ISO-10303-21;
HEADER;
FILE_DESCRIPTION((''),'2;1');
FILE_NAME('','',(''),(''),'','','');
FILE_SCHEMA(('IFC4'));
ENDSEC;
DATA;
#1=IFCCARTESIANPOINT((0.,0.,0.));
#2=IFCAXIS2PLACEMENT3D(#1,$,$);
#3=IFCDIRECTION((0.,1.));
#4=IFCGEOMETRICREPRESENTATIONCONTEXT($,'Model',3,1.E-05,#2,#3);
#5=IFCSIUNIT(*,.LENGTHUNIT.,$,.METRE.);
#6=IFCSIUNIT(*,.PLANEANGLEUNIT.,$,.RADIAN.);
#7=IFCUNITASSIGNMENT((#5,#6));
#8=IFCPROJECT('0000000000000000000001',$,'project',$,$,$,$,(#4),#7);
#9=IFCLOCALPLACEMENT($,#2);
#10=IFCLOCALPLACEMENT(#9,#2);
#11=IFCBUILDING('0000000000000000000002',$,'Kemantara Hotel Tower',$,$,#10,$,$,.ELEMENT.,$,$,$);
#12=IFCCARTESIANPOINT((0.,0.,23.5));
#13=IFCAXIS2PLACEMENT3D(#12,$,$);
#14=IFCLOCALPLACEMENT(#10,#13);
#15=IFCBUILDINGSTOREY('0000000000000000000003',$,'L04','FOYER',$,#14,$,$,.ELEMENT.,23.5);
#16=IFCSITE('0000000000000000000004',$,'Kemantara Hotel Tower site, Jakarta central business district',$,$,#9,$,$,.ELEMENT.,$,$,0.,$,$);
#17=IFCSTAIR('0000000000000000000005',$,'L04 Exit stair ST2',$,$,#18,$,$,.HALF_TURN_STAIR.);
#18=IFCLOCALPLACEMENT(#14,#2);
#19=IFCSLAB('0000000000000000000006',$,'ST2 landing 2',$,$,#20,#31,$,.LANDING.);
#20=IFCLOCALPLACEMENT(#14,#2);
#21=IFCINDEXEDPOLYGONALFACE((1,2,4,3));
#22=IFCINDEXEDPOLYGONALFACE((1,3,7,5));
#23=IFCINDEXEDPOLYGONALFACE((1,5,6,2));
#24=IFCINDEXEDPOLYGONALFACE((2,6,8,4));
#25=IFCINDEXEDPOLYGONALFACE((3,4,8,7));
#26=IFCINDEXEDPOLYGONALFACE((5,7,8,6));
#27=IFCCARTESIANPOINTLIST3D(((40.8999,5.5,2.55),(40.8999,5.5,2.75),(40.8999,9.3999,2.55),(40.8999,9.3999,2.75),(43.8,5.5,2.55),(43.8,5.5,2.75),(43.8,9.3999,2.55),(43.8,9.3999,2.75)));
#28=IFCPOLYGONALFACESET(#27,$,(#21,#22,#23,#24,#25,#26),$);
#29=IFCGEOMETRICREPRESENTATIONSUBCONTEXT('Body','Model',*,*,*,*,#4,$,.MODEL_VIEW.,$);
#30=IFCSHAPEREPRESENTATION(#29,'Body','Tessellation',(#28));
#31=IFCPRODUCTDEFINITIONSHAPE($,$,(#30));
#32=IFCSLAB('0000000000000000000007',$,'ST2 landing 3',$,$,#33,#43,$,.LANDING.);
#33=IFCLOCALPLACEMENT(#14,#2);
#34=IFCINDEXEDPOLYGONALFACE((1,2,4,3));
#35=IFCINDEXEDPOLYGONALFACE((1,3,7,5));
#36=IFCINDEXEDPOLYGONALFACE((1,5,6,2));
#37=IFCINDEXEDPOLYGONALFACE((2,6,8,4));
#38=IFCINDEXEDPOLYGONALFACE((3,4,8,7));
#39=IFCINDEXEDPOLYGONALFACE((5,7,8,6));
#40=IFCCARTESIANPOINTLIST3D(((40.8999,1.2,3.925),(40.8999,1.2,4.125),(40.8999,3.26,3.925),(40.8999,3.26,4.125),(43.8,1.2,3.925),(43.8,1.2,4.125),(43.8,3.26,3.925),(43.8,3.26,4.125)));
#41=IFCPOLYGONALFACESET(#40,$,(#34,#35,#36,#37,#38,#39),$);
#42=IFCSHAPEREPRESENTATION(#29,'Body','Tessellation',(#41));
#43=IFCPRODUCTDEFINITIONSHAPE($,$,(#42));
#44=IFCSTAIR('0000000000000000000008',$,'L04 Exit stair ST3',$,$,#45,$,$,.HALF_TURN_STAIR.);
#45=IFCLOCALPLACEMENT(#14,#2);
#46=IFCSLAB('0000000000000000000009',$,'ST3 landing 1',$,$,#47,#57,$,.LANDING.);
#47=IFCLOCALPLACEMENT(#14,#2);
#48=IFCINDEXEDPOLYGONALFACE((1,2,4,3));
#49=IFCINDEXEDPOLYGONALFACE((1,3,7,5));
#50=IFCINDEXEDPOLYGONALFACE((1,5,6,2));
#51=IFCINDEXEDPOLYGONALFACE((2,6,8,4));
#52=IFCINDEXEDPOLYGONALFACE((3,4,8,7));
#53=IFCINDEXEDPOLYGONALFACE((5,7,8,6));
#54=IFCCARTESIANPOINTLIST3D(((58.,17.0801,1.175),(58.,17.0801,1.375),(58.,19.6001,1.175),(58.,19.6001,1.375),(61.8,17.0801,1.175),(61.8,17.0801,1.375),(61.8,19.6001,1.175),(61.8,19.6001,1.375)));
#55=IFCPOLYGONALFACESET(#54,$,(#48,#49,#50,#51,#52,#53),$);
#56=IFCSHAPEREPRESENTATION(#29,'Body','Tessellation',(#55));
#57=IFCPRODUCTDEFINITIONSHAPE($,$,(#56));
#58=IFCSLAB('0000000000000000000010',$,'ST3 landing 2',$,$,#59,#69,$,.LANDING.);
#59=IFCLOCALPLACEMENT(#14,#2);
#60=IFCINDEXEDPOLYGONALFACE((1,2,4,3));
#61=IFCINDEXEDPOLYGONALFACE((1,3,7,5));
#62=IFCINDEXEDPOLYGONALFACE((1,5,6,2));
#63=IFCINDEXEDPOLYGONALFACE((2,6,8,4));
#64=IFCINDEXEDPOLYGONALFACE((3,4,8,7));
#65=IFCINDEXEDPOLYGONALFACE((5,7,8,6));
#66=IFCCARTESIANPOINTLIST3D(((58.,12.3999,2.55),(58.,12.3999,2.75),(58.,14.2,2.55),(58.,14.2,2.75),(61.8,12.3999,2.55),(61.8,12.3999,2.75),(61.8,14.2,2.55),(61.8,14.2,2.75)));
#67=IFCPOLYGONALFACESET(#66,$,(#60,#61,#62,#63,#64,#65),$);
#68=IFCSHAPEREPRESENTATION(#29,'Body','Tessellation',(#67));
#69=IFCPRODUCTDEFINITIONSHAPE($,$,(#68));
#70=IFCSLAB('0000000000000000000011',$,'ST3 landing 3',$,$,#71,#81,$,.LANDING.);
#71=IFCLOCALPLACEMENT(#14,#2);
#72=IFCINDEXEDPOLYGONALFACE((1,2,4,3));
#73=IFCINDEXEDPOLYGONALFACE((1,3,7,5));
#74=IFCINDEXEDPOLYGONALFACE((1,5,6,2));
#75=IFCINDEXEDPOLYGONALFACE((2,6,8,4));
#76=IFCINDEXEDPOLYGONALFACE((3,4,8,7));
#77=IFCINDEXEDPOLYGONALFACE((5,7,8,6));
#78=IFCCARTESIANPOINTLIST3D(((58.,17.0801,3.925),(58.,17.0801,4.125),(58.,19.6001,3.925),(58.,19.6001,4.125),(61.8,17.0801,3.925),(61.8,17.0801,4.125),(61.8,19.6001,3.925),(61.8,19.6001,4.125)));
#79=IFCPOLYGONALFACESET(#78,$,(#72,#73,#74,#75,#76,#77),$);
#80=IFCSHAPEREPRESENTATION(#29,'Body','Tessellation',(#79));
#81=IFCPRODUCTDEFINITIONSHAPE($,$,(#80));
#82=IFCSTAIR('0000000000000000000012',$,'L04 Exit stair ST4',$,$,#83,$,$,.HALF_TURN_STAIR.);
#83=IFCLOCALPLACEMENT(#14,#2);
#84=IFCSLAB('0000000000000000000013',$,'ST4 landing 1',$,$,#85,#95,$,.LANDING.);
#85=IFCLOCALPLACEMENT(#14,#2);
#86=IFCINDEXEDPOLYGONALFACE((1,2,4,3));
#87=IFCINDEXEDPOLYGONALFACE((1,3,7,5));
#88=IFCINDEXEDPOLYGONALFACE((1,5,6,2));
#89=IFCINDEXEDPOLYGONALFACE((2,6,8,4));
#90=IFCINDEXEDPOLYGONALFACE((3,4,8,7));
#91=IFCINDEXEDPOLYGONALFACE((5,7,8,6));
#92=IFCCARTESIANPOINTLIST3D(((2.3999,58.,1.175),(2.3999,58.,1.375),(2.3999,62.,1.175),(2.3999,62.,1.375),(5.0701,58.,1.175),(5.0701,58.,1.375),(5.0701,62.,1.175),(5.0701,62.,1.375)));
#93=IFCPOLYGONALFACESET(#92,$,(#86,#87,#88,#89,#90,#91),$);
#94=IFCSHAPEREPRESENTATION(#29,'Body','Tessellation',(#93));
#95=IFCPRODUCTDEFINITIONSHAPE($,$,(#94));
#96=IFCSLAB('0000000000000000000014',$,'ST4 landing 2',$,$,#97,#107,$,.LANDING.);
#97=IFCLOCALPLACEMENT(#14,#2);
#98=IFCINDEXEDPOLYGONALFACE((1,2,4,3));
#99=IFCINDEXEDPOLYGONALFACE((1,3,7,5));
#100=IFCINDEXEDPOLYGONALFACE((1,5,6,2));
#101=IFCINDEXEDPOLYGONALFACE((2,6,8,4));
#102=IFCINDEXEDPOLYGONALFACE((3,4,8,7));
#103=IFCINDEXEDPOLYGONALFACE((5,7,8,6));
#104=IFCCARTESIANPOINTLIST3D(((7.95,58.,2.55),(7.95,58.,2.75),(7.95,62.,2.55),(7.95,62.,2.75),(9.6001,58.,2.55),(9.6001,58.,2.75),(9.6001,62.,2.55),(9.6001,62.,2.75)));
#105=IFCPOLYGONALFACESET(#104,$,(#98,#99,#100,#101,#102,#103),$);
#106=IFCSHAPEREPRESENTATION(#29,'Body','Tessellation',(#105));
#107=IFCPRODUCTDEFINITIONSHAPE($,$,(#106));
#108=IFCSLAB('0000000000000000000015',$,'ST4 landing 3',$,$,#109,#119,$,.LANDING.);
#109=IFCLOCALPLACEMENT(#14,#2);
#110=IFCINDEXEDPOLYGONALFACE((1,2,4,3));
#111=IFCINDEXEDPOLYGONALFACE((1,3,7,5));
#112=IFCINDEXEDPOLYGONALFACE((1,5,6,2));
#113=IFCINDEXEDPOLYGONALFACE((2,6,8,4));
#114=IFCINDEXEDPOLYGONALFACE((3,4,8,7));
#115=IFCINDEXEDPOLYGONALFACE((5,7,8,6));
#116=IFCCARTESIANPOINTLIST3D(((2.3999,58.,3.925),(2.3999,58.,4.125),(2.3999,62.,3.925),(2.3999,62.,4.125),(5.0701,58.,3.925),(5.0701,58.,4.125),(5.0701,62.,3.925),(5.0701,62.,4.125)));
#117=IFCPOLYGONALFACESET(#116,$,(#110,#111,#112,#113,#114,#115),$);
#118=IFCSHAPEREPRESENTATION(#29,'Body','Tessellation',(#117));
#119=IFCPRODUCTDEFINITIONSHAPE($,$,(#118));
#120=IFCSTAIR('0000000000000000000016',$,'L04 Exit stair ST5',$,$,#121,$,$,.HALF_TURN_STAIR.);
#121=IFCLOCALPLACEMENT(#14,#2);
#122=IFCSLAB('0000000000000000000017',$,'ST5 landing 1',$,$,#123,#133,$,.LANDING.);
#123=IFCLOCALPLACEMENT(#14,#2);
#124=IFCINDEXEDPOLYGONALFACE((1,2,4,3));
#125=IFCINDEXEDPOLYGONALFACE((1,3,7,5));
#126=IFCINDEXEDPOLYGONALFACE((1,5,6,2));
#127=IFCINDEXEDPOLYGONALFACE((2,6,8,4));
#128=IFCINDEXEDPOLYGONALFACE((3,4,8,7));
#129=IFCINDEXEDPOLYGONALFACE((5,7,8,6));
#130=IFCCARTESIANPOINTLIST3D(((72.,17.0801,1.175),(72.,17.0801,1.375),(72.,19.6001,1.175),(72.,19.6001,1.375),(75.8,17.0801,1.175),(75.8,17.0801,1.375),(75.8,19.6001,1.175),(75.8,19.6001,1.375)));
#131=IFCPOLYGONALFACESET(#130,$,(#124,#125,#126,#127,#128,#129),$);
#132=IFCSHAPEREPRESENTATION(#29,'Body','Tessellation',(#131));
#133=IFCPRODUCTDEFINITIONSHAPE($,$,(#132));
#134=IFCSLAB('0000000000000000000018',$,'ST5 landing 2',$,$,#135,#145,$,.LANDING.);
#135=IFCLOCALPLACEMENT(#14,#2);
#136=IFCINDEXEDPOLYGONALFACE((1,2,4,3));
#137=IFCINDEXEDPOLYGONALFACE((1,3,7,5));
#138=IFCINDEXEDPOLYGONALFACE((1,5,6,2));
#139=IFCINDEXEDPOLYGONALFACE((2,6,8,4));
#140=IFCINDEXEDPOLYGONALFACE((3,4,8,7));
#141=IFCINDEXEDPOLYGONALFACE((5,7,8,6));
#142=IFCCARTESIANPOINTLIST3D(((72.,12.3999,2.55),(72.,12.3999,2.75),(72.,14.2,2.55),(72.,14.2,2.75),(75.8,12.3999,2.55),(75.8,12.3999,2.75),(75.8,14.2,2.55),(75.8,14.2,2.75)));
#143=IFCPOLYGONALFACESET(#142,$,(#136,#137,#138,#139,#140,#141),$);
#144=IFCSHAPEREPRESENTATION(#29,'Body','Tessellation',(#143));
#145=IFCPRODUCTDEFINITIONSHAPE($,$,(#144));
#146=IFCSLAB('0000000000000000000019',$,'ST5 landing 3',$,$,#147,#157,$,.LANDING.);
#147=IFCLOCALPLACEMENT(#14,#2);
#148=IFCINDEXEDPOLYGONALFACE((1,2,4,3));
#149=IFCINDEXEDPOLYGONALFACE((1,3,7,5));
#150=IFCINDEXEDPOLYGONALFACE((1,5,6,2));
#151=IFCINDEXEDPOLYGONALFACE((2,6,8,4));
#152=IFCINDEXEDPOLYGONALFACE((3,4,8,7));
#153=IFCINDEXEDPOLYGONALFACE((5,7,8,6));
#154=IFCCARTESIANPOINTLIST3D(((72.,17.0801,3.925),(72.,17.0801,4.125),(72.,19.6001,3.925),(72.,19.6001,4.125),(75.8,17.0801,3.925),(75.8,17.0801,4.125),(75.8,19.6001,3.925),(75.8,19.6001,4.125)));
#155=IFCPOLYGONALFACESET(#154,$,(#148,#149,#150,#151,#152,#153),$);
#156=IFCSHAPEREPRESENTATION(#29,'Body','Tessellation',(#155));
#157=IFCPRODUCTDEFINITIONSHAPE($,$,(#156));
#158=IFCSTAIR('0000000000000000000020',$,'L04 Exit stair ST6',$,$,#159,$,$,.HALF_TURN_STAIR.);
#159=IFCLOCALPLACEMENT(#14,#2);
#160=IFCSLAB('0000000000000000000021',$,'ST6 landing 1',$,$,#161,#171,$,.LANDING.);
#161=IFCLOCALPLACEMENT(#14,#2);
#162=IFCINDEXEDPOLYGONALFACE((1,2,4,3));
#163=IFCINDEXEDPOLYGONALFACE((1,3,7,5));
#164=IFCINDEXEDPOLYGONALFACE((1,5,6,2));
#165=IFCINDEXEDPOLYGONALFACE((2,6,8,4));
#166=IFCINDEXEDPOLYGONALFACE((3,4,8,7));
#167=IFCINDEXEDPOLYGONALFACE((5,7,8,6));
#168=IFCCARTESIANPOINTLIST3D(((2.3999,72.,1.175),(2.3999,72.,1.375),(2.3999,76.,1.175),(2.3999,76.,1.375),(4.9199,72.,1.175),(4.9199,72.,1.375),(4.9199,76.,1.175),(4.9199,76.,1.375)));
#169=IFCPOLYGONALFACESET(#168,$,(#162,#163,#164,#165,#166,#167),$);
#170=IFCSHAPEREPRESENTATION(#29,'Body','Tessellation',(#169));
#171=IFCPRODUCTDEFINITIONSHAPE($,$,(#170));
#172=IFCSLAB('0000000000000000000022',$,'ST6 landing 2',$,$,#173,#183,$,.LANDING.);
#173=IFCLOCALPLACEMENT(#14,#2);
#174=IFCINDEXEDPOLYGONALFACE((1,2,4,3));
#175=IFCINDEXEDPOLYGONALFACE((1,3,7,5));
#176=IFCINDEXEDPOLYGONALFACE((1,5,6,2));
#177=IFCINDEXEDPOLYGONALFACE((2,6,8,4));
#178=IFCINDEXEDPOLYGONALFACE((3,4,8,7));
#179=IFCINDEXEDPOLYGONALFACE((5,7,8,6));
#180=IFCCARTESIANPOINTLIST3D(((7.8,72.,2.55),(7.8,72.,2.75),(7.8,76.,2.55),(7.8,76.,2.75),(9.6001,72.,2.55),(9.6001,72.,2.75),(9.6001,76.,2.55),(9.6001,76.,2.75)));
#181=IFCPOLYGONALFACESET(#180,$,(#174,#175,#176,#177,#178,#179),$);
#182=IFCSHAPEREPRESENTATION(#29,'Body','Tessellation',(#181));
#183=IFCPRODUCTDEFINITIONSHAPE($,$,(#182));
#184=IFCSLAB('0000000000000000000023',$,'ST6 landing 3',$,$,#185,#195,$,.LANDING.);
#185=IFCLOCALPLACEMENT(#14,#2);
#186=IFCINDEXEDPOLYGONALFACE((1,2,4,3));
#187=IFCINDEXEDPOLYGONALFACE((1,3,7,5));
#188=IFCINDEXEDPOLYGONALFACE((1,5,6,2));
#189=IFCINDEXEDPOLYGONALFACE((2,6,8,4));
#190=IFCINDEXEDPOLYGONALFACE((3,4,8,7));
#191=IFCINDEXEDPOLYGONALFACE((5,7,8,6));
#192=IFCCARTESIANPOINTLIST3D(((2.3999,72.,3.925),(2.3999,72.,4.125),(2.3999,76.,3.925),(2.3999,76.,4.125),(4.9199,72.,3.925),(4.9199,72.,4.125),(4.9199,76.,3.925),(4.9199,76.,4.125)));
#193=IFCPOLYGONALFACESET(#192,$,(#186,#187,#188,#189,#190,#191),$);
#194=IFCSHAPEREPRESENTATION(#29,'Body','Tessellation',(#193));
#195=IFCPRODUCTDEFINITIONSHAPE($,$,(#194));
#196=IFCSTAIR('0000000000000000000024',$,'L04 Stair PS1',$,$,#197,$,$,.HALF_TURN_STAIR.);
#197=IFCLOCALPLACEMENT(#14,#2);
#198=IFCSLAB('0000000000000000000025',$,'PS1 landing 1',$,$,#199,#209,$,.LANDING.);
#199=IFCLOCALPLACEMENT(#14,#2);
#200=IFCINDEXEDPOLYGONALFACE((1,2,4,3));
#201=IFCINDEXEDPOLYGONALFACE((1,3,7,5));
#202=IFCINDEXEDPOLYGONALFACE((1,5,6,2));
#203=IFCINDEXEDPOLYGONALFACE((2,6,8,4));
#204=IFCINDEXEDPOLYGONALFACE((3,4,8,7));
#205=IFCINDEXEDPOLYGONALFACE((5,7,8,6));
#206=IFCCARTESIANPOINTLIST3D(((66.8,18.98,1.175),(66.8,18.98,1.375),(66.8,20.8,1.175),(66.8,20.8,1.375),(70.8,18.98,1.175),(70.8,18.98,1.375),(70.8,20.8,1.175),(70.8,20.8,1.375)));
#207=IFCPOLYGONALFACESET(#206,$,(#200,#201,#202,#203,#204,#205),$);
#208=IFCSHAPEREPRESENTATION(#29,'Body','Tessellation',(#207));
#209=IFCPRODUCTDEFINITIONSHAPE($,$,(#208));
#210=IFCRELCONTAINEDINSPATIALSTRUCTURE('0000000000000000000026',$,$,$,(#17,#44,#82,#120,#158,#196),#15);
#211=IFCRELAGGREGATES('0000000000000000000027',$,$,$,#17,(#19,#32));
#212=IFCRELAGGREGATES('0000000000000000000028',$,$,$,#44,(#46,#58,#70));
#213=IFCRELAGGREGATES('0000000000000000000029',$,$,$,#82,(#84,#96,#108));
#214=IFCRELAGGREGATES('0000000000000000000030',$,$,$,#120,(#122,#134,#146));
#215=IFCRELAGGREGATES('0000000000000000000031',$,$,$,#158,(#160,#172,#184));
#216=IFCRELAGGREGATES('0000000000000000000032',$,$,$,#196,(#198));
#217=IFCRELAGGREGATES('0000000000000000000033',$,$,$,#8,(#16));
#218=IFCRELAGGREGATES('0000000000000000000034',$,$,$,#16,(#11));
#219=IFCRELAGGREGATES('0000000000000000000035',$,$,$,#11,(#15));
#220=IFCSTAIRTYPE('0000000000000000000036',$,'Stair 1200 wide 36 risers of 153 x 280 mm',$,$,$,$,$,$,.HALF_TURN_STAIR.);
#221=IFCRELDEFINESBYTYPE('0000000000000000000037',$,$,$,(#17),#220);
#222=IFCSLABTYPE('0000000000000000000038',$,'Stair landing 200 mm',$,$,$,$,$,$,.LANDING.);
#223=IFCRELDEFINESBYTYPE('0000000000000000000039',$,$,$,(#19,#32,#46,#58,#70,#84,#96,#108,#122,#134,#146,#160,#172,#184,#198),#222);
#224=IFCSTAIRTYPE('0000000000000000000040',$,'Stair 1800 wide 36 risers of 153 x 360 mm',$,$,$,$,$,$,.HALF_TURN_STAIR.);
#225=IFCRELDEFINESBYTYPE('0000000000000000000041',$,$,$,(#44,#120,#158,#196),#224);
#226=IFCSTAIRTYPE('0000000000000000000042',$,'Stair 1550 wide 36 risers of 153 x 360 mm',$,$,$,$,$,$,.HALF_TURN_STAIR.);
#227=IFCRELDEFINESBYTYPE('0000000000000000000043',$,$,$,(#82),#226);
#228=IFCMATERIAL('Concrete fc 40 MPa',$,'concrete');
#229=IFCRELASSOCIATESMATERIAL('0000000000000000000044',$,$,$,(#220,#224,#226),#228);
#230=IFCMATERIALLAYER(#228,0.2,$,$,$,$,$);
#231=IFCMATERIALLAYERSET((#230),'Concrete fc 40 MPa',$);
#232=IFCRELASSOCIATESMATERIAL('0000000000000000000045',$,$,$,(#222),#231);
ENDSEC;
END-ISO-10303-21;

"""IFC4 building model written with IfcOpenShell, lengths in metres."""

from ifc_helpers import new_model, si_unit, direction, frame, origin, place, context, subcontext, project, spatial, polyline, outline, extrude, material, layer, layer_set, type_object, element, aggregate, save


model = new_model("IFC4")

# Units and contexts
model_context = context("Model", 3, precision=1e-05, world=origin(), true_north=direction((0.0, 1.0)))
body_context = subcontext(model_context, "Body", "Model", "MODEL_VIEW")
ifc_project = project(units=[si_unit("LENGTHUNIT", "METRE"), si_unit("PLANEANGLEUNIT", "RADIAN")], contexts=[model_context])

# Site, building, storey
site_placement = place(None, origin())
site = spatial("IfcSite", under=ifc_project, at=site_placement, Name="Kemantara Hotel Tower site, Jakarta central business district", CompositionType="ELEMENT", RefElevation=0.0)
building_placement = place(site_placement, origin())
building = spatial("IfcBuilding", under=site, at=building_placement, Name="Kemantara Hotel Tower", CompositionType="ELEMENT")
storey_placement = place(building_placement, frame((0.0, 0.0, 23.5)))
storey = spatial("IfcBuildingStorey", under=building, at=storey_placement, Name="L04", Description="FOYER", CompositionType="ELEMENT", Elevation=23.5)

# Shared definitions
ifc_material = material(Name="Concrete fc 40 MPa", Category="concrete")

# Stairs, slabs
stair_type_1 = type_object("IfcStairType", Name="Stair 1200 wide 36 risers of 153 x 280 mm", PredefinedType="HALF_TURN_STAIR", material=ifc_material)
ifc_layer_1 = layer(ifc_material, 0.2)
ifc_layer_set_1 = layer_set([ifc_layer_1], Name="Concrete fc 40 MPa")
slab_type_1 = type_object("IfcSlabType", Name="Stair landing 200 mm", PredefinedType="LANDING", material=ifc_layer_set_1)
stair_1_placement = place(storey_placement, origin())
stair_1 = element("IfcStair", 1, at=stair_1_placement, inside=storey, type_object=stair_type_1, Name="L04 Exit stair ST2", PredefinedType="HALF_TURN_STAIR")
slab_1_placement = place(storey_placement, frame((0.0, 0.0, 2.55)))
slab_1 = element("IfcSlab", 2, at=slab_1_placement, type_object=slab_type_1, Name="ST2 landing 2", PredefinedType="LANDING", context=body_context, shape_type="SweptSolid", body=[
    extrude(outline(polyline([(40.8999, 9.3999), (40.8999, 5.5), (43.8, 5.5), (43.8, 9.3999), (40.8999, 9.3999)])), origin(), (0.0, 0.0, 1.0), 0.2),
])
slab_2_placement = place(storey_placement, frame((0.0, 0.0, 3.925)))
slab_2 = element("IfcSlab", 3, at=slab_2_placement, type_object=slab_type_1, Name="ST2 landing 3", PredefinedType="LANDING", context=body_context, shape_type="SweptSolid", body=[
    extrude(outline(polyline([(40.8999, 3.26), (40.8999, 1.2), (43.8, 1.2), (43.8, 3.26), (40.8999, 3.26)])), origin(), (0.0, 0.0, 1.0), 0.2),
])
aggregate(stair_1, [slab_1, slab_2])
stair_type_2 = type_object("IfcStairType", Name="Stair 1800 wide 36 risers of 153 x 360 mm", PredefinedType="HALF_TURN_STAIR", material=ifc_material)
stair_2_placement = place(storey_placement, origin())
stair_2 = element("IfcStair", 4, at=stair_2_placement, inside=storey, type_object=stair_type_2, Name="L04 Exit stair ST3", PredefinedType="HALF_TURN_STAIR")
slab_3_placement = place(storey_placement, frame((0.0, 0.0, 1.175)))
slab_3 = element("IfcSlab", 5, at=slab_3_placement, type_object=slab_type_1, Name="ST3 landing 1", PredefinedType="LANDING", context=body_context, shape_type="SweptSolid", body=[
    extrude(outline(polyline([(61.8, 17.0801), (61.8, 19.6001), (58.0, 19.6001), (58.0, 17.0801), (61.8, 17.0801)])), origin(), (0.0, 0.0, 1.0), 0.2),
])
slab_4_placement = place(storey_placement, frame((0.0, 0.0, 2.55)))
slab_4 = element("IfcSlab", 6, at=slab_4_placement, type_object=slab_type_1, Name="ST3 landing 2", PredefinedType="LANDING", context=body_context, shape_type="SweptSolid", body=[
    extrude(outline(polyline([(61.8, 12.3999), (61.8, 14.2), (58.0, 14.2), (58.0, 12.3999), (61.8, 12.3999)])), origin(), (0.0, 0.0, 1.0), 0.2),
])
slab_5_placement = place(storey_placement, frame((0.0, 0.0, 3.925)))
slab_5 = element("IfcSlab", 7, at=slab_5_placement, type_object=slab_type_1, Name="ST3 landing 3", PredefinedType="LANDING", context=body_context, shape_type="SweptSolid", body=[
    extrude(outline(polyline([(61.8, 17.0801), (61.8, 19.6001), (58.0, 19.6001), (58.0, 17.0801), (61.8, 17.0801)])), origin(), (0.0, 0.0, 1.0), 0.2),
])
aggregate(stair_2, [slab_3, slab_4, slab_5])
stair_type_3 = type_object("IfcStairType", Name="Stair 1550 wide 36 risers of 153 x 360 mm", PredefinedType="HALF_TURN_STAIR", material=ifc_material)
stair_3_placement = place(storey_placement, origin())
stair_3 = element("IfcStair", 8, at=stair_3_placement, inside=storey, type_object=stair_type_3, Name="L04 Exit stair ST4", PredefinedType="HALF_TURN_STAIR")
slab_6_placement = place(storey_placement, frame((0.0, 0.0, 1.175)))
slab_6 = element("IfcSlab", 9, at=slab_6_placement, type_object=slab_type_1, Name="ST4 landing 1", PredefinedType="LANDING", context=body_context, shape_type="SweptSolid", body=[
    extrude(outline(polyline([(5.0701, 62.0), (2.3999, 62.0), (2.3999, 58.0), (5.0701, 58.0), (5.0701, 62.0)])), origin(), (0.0, 0.0, 1.0), 0.2),
])
slab_7_placement = place(storey_placement, frame((0.0, 0.0, 2.55)))
slab_7 = element("IfcSlab", 10, at=slab_7_placement, type_object=slab_type_1, Name="ST4 landing 2", PredefinedType="LANDING", context=body_context, shape_type="SweptSolid", body=[
    extrude(outline(polyline([(9.6001, 62.0), (7.95, 62.0), (7.95, 58.0), (9.6001, 58.0), (9.6001, 62.0)])), origin(), (0.0, 0.0, 1.0), 0.2),
])
slab_8_placement = place(storey_placement, frame((0.0, 0.0, 3.925)))
slab_8 = element("IfcSlab", 11, at=slab_8_placement, type_object=slab_type_1, Name="ST4 landing 3", PredefinedType="LANDING", context=body_context, shape_type="SweptSolid", body=[
    extrude(outline(polyline([(5.0701, 62.0), (2.3999, 62.0), (2.3999, 58.0), (5.0701, 58.0), (5.0701, 62.0)])), origin(), (0.0, 0.0, 1.0), 0.2),
])
aggregate(stair_3, [slab_6, slab_7, slab_8])
stair_4_placement = place(storey_placement, origin())
stair_4 = element("IfcStair", 12, at=stair_4_placement, inside=storey, type_object=stair_type_2, Name="L04 Exit stair ST5", PredefinedType="HALF_TURN_STAIR")
slab_9_placement = place(storey_placement, frame((0.0, 0.0, 1.175)))
slab_9 = element("IfcSlab", 13, at=slab_9_placement, type_object=slab_type_1, Name="ST5 landing 1", PredefinedType="LANDING", context=body_context, shape_type="SweptSolid", body=[
    extrude(outline(polyline([(75.8, 17.0801), (75.8, 19.6001), (72.0, 19.6001), (72.0, 17.0801), (75.8, 17.0801)])), origin(), (0.0, 0.0, 1.0), 0.2),
])
slab_10_placement = place(storey_placement, frame((0.0, 0.0, 2.55)))
slab_10 = element("IfcSlab", 14, at=slab_10_placement, type_object=slab_type_1, Name="ST5 landing 2", PredefinedType="LANDING", context=body_context, shape_type="SweptSolid", body=[
    extrude(outline(polyline([(75.8, 12.3999), (75.8, 14.2), (72.0, 14.2), (72.0, 12.3999), (75.8, 12.3999)])), origin(), (0.0, 0.0, 1.0), 0.2),
])
slab_11_placement = place(storey_placement, frame((0.0, 0.0, 3.925)))
slab_11 = element("IfcSlab", 15, at=slab_11_placement, type_object=slab_type_1, Name="ST5 landing 3", PredefinedType="LANDING", context=body_context, shape_type="SweptSolid", body=[
    extrude(outline(polyline([(75.8, 17.0801), (75.8, 19.6001), (72.0, 19.6001), (72.0, 17.0801), (75.8, 17.0801)])), origin(), (0.0, 0.0, 1.0), 0.2),
])
aggregate(stair_4, [slab_9, slab_10, slab_11])
stair_5_placement = place(storey_placement, origin())
stair_5 = element("IfcStair", 16, at=stair_5_placement, inside=storey, type_object=stair_type_2, Name="L04 Exit stair ST6", PredefinedType="HALF_TURN_STAIR")
slab_12_placement = place(storey_placement, frame((0.0, 0.0, 1.175)))
slab_12 = element("IfcSlab", 17, at=slab_12_placement, type_object=slab_type_1, Name="ST6 landing 1", PredefinedType="LANDING", context=body_context, shape_type="SweptSolid", body=[
    extrude(outline(polyline([(4.9199, 76.0), (2.3999, 76.0), (2.3999, 72.0), (4.9199, 72.0), (4.9199, 76.0)])), origin(), (0.0, 0.0, 1.0), 0.2),
])
slab_13_placement = place(storey_placement, frame((0.0, 0.0, 2.55)))
slab_13 = element("IfcSlab", 18, at=slab_13_placement, type_object=slab_type_1, Name="ST6 landing 2", PredefinedType="LANDING", context=body_context, shape_type="SweptSolid", body=[
    extrude(outline(polyline([(9.6001, 76.0), (7.8, 76.0), (7.8, 72.0), (9.6001, 72.0), (9.6001, 76.0)])), origin(), (0.0, 0.0, 1.0), 0.2),
])
slab_14_placement = place(storey_placement, frame((0.0, 0.0, 3.925)))
slab_14 = element("IfcSlab", 19, at=slab_14_placement, type_object=slab_type_1, Name="ST6 landing 3", PredefinedType="LANDING", context=body_context, shape_type="SweptSolid", body=[
    extrude(outline(polyline([(4.9199, 76.0), (2.3999, 76.0), (2.3999, 72.0), (4.9199, 72.0), (4.9199, 76.0)])), origin(), (0.0, 0.0, 1.0), 0.2),
])
aggregate(stair_5, [slab_12, slab_13, slab_14])
stair_6_placement = place(storey_placement, origin())
stair_6 = element("IfcStair", 20, at=stair_6_placement, inside=storey, type_object=stair_type_2, Name="L04 Stair PS1", PredefinedType="HALF_TURN_STAIR")
slab_15_placement = place(storey_placement, frame((0.0, 0.0, 1.175)))
slab_15 = element("IfcSlab", 21, at=slab_15_placement, type_object=slab_type_1, Name="PS1 landing 1", PredefinedType="LANDING", context=body_context, shape_type="SweptSolid", body=[
    extrude(outline(polyline([(70.8, 18.98), (70.8, 20.8), (66.8, 20.8), (66.8, 18.98), (70.8, 18.98)])), origin(), (0.0, 0.0, 1.0), 0.2),
])
aggregate(stair_6, [slab_15])

save(model, "model.ifc")
